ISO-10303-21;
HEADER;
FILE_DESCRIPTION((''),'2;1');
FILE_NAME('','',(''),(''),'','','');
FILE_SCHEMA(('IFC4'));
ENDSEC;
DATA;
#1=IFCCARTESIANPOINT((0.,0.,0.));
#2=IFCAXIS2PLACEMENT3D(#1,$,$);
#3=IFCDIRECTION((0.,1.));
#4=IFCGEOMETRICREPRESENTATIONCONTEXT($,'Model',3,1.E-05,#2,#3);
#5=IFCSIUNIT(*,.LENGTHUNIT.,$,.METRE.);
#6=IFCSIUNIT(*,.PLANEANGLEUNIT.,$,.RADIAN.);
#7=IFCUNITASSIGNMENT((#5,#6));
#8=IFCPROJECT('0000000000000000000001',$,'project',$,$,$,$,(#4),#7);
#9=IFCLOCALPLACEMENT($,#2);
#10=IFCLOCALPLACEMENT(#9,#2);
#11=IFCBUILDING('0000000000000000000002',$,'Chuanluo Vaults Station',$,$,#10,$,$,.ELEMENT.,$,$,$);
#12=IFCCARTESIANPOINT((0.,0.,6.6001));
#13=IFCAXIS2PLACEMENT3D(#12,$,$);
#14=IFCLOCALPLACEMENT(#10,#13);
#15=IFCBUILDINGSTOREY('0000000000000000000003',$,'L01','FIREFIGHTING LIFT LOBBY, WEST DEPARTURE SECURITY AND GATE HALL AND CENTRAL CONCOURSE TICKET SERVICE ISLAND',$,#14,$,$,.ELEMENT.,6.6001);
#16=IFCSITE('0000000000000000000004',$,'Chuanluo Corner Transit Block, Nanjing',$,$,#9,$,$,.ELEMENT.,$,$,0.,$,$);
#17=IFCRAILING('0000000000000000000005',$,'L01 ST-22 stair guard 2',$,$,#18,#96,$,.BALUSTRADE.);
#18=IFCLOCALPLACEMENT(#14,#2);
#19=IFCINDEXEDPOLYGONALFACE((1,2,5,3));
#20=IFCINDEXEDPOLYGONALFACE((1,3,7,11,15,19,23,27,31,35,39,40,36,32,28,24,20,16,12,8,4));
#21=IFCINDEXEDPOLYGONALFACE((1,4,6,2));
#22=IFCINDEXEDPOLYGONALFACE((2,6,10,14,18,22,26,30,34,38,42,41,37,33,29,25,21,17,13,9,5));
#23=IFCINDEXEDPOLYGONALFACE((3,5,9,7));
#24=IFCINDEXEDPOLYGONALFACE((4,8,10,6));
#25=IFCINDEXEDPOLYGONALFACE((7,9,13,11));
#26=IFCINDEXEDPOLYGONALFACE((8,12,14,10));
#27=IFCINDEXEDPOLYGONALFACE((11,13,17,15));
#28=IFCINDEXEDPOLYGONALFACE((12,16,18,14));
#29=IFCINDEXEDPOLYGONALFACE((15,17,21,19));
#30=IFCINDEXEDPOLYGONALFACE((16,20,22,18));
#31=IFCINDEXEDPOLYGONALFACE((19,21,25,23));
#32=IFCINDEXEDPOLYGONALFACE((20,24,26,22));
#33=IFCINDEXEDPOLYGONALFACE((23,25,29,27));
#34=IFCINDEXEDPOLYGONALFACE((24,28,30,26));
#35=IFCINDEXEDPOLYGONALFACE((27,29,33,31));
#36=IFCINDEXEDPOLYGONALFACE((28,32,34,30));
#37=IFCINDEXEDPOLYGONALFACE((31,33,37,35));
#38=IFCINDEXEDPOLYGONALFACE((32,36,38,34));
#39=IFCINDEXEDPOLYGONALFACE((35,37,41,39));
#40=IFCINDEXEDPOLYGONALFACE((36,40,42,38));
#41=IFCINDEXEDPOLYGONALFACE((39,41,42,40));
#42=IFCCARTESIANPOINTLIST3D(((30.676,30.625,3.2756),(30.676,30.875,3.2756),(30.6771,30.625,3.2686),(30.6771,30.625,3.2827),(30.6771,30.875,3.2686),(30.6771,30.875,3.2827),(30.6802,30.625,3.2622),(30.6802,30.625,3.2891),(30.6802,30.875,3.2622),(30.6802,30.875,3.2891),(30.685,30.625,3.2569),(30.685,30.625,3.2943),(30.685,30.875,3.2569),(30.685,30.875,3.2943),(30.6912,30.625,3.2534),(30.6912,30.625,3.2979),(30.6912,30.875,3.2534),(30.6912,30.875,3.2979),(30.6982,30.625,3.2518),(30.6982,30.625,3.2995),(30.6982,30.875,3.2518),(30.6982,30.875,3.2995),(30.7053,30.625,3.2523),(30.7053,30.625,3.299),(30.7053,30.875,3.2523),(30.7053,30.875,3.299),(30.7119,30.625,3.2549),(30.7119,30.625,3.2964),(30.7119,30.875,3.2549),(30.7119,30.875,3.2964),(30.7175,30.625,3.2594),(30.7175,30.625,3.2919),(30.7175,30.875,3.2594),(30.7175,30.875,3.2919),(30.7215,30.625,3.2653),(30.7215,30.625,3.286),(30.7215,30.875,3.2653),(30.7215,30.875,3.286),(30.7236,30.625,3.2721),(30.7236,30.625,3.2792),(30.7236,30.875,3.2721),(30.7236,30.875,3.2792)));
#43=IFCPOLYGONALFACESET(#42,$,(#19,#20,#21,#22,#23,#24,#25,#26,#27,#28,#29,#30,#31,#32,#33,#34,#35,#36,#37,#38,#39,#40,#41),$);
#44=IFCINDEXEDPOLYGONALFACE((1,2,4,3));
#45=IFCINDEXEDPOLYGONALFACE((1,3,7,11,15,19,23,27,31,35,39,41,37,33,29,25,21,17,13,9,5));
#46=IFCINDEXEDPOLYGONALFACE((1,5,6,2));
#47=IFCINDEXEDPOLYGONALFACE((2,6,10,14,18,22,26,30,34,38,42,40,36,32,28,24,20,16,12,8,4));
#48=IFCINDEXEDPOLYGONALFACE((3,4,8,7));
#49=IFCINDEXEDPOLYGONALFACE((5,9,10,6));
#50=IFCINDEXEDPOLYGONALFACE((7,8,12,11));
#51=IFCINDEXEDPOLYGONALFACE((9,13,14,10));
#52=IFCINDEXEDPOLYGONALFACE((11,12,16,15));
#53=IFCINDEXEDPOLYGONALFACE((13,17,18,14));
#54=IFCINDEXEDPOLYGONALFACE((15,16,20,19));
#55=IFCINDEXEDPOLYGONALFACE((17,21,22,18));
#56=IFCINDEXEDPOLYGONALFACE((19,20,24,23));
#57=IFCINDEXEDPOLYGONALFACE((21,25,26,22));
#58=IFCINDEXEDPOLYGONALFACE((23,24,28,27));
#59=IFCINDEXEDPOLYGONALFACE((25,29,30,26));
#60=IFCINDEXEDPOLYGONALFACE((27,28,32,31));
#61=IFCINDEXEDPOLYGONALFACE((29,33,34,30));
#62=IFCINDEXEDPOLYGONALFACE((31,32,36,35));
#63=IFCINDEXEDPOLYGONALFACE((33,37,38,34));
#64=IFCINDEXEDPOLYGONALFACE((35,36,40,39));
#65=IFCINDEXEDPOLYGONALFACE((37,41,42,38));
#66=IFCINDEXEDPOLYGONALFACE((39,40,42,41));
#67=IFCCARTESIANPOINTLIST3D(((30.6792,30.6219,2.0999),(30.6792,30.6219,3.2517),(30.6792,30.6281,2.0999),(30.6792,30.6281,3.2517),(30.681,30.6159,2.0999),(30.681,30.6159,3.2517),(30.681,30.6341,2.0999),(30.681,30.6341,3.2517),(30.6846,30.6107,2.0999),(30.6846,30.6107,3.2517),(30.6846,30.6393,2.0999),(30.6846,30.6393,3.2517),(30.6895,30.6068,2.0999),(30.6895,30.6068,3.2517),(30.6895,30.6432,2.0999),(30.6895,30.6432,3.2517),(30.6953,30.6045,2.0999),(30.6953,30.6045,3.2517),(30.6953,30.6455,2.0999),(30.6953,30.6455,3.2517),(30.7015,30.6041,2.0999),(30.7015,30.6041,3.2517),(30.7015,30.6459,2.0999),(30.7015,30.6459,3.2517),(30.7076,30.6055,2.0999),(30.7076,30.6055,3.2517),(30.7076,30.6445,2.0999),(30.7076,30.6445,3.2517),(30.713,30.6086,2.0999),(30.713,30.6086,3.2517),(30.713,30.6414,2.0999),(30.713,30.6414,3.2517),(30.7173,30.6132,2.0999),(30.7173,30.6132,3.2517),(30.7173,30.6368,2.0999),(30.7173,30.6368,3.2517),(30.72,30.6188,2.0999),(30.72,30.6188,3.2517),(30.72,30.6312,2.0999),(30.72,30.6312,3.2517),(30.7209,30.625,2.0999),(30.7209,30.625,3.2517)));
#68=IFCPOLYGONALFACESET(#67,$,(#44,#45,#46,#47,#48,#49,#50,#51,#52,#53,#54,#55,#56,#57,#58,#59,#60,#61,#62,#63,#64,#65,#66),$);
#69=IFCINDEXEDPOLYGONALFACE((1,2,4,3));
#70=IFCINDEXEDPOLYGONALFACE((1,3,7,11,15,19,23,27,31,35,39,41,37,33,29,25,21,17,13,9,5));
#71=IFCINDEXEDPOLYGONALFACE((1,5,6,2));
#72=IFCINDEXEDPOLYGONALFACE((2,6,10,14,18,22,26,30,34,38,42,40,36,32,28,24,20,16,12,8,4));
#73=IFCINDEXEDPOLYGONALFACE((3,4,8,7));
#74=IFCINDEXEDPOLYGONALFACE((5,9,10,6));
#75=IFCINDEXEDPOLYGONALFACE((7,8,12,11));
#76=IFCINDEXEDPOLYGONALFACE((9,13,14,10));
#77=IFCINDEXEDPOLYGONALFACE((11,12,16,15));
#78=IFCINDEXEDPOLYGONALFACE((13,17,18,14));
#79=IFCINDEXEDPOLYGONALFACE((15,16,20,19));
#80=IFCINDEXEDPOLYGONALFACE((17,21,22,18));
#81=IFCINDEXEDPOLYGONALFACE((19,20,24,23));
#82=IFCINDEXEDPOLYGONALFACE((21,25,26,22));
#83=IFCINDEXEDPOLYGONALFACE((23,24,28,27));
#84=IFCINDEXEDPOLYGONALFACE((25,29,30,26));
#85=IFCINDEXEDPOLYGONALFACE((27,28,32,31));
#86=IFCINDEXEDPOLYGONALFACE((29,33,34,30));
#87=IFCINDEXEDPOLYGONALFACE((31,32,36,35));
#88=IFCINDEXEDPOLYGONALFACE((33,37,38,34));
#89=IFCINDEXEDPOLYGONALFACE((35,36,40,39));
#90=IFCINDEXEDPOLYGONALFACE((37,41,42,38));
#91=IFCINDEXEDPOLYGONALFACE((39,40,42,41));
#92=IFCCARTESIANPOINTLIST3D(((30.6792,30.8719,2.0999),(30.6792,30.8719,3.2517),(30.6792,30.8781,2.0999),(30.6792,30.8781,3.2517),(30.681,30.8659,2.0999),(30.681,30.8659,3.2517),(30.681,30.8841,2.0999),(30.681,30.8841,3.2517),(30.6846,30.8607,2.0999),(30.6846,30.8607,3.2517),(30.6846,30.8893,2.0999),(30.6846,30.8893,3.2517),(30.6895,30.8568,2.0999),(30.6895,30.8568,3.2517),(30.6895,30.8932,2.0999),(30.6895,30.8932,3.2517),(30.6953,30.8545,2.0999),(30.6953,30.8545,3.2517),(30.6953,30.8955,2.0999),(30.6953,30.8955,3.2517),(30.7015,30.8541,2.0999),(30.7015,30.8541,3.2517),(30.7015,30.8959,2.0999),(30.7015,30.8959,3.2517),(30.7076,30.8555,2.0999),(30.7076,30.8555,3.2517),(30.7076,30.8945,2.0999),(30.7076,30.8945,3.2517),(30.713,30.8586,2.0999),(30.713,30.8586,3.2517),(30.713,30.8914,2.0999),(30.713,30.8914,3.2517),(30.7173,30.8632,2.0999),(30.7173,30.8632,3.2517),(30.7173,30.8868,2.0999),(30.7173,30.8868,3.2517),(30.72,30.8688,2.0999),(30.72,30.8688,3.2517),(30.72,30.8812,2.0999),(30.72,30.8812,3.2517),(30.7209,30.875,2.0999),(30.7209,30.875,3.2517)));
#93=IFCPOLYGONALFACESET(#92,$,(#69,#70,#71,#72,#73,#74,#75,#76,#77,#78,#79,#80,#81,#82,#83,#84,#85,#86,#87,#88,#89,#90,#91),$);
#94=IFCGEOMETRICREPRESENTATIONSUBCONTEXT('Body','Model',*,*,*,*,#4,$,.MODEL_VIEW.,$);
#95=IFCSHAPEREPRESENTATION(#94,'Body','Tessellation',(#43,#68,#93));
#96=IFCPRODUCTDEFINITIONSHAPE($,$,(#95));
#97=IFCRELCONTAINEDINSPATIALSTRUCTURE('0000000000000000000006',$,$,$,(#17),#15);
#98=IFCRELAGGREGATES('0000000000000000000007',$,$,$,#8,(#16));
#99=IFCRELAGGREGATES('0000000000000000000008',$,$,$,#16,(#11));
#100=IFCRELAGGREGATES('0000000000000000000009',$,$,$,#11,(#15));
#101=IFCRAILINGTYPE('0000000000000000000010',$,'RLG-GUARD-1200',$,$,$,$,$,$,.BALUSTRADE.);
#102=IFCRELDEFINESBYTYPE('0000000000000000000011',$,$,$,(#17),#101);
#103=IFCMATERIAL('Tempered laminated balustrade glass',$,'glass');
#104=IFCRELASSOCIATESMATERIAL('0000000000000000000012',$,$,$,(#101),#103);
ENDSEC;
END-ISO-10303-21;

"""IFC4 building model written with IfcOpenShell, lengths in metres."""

from ifc_helpers import new_model, si_unit, direction, frame, origin, origin_2d, place, context, subcontext, project, spatial, circle, extrude, material, type_object, element, save


model = new_model("IFC4")

# Units and contexts
model_context = context("Model", 3, precision=1e-05, world=origin(), true_north=direction((0.0, 1.0)))
body_context = subcontext(model_context, "Body", "Model", "MODEL_VIEW")
ifc_project = project(units=[si_unit("LENGTHUNIT", "METRE"), si_unit("PLANEANGLEUNIT", "RADIAN")], contexts=[model_context])

# Site, building, storey
site_placement = place(None, origin())
site = spatial("IfcSite", under=ifc_project, at=site_placement, Name="Chuanluo Corner Transit Block, Nanjing", CompositionType="ELEMENT", RefElevation=0.0)
building_placement = place(site_placement, origin())
building = spatial("IfcBuilding", under=site, at=building_placement, Name="Chuanluo Vaults Station", CompositionType="ELEMENT")
storey_placement = place(building_placement, frame((0.0, 0.0, 6.6001)))
storey = spatial("IfcBuildingStorey", under=building, at=storey_placement, Name="L01", Description="FIREFIGHTING LIFT LOBBY, WEST DEPARTURE SECURITY AND GATE HALL AND CENTRAL CONCOURSE TICKET SERVICE ISLAND", CompositionType="ELEMENT", Elevation=6.6001)

# Railing
ifc_material_1 = material(Name="Tempered laminated balustrade glass", Category="glass")
railing_type_1 = type_object("IfcRailingType", Name="RLG-GUARD-1200", PredefinedType="BALUSTRADE", material=ifc_material_1)
railing_1_placement = place(storey_placement, frame((30.7, 30.625, 2.0999)))
element("IfcRailing", 1, at=railing_1_placement, inside=storey, type_object=railing_type_1, Name="L01 ST-22 stair guard 2", PredefinedType="BALUSTRADE", context=body_context, shape_type="SweptSolid", body=[
    extrude(circle(Radius=0.0239, at=origin_2d()), frame((0.0, 0.0, 1.1758), z_axis=(0.0, 1.0, 0.0), x_axis=(-1.0, 0.0, 0.0)), (0.0, 0.0, 1.0), 0.25),
    extrude(circle(Radius=0.021, at=origin_2d()), origin(), (0.0, 0.0, 1.0), 1.1519),
    extrude(circle(Radius=0.021, at=origin_2d()), frame((0.0, 0.25, 0.0)), (0.0, 0.0, 1.0), 1.1519),
])

save(model, "model.ifc")
